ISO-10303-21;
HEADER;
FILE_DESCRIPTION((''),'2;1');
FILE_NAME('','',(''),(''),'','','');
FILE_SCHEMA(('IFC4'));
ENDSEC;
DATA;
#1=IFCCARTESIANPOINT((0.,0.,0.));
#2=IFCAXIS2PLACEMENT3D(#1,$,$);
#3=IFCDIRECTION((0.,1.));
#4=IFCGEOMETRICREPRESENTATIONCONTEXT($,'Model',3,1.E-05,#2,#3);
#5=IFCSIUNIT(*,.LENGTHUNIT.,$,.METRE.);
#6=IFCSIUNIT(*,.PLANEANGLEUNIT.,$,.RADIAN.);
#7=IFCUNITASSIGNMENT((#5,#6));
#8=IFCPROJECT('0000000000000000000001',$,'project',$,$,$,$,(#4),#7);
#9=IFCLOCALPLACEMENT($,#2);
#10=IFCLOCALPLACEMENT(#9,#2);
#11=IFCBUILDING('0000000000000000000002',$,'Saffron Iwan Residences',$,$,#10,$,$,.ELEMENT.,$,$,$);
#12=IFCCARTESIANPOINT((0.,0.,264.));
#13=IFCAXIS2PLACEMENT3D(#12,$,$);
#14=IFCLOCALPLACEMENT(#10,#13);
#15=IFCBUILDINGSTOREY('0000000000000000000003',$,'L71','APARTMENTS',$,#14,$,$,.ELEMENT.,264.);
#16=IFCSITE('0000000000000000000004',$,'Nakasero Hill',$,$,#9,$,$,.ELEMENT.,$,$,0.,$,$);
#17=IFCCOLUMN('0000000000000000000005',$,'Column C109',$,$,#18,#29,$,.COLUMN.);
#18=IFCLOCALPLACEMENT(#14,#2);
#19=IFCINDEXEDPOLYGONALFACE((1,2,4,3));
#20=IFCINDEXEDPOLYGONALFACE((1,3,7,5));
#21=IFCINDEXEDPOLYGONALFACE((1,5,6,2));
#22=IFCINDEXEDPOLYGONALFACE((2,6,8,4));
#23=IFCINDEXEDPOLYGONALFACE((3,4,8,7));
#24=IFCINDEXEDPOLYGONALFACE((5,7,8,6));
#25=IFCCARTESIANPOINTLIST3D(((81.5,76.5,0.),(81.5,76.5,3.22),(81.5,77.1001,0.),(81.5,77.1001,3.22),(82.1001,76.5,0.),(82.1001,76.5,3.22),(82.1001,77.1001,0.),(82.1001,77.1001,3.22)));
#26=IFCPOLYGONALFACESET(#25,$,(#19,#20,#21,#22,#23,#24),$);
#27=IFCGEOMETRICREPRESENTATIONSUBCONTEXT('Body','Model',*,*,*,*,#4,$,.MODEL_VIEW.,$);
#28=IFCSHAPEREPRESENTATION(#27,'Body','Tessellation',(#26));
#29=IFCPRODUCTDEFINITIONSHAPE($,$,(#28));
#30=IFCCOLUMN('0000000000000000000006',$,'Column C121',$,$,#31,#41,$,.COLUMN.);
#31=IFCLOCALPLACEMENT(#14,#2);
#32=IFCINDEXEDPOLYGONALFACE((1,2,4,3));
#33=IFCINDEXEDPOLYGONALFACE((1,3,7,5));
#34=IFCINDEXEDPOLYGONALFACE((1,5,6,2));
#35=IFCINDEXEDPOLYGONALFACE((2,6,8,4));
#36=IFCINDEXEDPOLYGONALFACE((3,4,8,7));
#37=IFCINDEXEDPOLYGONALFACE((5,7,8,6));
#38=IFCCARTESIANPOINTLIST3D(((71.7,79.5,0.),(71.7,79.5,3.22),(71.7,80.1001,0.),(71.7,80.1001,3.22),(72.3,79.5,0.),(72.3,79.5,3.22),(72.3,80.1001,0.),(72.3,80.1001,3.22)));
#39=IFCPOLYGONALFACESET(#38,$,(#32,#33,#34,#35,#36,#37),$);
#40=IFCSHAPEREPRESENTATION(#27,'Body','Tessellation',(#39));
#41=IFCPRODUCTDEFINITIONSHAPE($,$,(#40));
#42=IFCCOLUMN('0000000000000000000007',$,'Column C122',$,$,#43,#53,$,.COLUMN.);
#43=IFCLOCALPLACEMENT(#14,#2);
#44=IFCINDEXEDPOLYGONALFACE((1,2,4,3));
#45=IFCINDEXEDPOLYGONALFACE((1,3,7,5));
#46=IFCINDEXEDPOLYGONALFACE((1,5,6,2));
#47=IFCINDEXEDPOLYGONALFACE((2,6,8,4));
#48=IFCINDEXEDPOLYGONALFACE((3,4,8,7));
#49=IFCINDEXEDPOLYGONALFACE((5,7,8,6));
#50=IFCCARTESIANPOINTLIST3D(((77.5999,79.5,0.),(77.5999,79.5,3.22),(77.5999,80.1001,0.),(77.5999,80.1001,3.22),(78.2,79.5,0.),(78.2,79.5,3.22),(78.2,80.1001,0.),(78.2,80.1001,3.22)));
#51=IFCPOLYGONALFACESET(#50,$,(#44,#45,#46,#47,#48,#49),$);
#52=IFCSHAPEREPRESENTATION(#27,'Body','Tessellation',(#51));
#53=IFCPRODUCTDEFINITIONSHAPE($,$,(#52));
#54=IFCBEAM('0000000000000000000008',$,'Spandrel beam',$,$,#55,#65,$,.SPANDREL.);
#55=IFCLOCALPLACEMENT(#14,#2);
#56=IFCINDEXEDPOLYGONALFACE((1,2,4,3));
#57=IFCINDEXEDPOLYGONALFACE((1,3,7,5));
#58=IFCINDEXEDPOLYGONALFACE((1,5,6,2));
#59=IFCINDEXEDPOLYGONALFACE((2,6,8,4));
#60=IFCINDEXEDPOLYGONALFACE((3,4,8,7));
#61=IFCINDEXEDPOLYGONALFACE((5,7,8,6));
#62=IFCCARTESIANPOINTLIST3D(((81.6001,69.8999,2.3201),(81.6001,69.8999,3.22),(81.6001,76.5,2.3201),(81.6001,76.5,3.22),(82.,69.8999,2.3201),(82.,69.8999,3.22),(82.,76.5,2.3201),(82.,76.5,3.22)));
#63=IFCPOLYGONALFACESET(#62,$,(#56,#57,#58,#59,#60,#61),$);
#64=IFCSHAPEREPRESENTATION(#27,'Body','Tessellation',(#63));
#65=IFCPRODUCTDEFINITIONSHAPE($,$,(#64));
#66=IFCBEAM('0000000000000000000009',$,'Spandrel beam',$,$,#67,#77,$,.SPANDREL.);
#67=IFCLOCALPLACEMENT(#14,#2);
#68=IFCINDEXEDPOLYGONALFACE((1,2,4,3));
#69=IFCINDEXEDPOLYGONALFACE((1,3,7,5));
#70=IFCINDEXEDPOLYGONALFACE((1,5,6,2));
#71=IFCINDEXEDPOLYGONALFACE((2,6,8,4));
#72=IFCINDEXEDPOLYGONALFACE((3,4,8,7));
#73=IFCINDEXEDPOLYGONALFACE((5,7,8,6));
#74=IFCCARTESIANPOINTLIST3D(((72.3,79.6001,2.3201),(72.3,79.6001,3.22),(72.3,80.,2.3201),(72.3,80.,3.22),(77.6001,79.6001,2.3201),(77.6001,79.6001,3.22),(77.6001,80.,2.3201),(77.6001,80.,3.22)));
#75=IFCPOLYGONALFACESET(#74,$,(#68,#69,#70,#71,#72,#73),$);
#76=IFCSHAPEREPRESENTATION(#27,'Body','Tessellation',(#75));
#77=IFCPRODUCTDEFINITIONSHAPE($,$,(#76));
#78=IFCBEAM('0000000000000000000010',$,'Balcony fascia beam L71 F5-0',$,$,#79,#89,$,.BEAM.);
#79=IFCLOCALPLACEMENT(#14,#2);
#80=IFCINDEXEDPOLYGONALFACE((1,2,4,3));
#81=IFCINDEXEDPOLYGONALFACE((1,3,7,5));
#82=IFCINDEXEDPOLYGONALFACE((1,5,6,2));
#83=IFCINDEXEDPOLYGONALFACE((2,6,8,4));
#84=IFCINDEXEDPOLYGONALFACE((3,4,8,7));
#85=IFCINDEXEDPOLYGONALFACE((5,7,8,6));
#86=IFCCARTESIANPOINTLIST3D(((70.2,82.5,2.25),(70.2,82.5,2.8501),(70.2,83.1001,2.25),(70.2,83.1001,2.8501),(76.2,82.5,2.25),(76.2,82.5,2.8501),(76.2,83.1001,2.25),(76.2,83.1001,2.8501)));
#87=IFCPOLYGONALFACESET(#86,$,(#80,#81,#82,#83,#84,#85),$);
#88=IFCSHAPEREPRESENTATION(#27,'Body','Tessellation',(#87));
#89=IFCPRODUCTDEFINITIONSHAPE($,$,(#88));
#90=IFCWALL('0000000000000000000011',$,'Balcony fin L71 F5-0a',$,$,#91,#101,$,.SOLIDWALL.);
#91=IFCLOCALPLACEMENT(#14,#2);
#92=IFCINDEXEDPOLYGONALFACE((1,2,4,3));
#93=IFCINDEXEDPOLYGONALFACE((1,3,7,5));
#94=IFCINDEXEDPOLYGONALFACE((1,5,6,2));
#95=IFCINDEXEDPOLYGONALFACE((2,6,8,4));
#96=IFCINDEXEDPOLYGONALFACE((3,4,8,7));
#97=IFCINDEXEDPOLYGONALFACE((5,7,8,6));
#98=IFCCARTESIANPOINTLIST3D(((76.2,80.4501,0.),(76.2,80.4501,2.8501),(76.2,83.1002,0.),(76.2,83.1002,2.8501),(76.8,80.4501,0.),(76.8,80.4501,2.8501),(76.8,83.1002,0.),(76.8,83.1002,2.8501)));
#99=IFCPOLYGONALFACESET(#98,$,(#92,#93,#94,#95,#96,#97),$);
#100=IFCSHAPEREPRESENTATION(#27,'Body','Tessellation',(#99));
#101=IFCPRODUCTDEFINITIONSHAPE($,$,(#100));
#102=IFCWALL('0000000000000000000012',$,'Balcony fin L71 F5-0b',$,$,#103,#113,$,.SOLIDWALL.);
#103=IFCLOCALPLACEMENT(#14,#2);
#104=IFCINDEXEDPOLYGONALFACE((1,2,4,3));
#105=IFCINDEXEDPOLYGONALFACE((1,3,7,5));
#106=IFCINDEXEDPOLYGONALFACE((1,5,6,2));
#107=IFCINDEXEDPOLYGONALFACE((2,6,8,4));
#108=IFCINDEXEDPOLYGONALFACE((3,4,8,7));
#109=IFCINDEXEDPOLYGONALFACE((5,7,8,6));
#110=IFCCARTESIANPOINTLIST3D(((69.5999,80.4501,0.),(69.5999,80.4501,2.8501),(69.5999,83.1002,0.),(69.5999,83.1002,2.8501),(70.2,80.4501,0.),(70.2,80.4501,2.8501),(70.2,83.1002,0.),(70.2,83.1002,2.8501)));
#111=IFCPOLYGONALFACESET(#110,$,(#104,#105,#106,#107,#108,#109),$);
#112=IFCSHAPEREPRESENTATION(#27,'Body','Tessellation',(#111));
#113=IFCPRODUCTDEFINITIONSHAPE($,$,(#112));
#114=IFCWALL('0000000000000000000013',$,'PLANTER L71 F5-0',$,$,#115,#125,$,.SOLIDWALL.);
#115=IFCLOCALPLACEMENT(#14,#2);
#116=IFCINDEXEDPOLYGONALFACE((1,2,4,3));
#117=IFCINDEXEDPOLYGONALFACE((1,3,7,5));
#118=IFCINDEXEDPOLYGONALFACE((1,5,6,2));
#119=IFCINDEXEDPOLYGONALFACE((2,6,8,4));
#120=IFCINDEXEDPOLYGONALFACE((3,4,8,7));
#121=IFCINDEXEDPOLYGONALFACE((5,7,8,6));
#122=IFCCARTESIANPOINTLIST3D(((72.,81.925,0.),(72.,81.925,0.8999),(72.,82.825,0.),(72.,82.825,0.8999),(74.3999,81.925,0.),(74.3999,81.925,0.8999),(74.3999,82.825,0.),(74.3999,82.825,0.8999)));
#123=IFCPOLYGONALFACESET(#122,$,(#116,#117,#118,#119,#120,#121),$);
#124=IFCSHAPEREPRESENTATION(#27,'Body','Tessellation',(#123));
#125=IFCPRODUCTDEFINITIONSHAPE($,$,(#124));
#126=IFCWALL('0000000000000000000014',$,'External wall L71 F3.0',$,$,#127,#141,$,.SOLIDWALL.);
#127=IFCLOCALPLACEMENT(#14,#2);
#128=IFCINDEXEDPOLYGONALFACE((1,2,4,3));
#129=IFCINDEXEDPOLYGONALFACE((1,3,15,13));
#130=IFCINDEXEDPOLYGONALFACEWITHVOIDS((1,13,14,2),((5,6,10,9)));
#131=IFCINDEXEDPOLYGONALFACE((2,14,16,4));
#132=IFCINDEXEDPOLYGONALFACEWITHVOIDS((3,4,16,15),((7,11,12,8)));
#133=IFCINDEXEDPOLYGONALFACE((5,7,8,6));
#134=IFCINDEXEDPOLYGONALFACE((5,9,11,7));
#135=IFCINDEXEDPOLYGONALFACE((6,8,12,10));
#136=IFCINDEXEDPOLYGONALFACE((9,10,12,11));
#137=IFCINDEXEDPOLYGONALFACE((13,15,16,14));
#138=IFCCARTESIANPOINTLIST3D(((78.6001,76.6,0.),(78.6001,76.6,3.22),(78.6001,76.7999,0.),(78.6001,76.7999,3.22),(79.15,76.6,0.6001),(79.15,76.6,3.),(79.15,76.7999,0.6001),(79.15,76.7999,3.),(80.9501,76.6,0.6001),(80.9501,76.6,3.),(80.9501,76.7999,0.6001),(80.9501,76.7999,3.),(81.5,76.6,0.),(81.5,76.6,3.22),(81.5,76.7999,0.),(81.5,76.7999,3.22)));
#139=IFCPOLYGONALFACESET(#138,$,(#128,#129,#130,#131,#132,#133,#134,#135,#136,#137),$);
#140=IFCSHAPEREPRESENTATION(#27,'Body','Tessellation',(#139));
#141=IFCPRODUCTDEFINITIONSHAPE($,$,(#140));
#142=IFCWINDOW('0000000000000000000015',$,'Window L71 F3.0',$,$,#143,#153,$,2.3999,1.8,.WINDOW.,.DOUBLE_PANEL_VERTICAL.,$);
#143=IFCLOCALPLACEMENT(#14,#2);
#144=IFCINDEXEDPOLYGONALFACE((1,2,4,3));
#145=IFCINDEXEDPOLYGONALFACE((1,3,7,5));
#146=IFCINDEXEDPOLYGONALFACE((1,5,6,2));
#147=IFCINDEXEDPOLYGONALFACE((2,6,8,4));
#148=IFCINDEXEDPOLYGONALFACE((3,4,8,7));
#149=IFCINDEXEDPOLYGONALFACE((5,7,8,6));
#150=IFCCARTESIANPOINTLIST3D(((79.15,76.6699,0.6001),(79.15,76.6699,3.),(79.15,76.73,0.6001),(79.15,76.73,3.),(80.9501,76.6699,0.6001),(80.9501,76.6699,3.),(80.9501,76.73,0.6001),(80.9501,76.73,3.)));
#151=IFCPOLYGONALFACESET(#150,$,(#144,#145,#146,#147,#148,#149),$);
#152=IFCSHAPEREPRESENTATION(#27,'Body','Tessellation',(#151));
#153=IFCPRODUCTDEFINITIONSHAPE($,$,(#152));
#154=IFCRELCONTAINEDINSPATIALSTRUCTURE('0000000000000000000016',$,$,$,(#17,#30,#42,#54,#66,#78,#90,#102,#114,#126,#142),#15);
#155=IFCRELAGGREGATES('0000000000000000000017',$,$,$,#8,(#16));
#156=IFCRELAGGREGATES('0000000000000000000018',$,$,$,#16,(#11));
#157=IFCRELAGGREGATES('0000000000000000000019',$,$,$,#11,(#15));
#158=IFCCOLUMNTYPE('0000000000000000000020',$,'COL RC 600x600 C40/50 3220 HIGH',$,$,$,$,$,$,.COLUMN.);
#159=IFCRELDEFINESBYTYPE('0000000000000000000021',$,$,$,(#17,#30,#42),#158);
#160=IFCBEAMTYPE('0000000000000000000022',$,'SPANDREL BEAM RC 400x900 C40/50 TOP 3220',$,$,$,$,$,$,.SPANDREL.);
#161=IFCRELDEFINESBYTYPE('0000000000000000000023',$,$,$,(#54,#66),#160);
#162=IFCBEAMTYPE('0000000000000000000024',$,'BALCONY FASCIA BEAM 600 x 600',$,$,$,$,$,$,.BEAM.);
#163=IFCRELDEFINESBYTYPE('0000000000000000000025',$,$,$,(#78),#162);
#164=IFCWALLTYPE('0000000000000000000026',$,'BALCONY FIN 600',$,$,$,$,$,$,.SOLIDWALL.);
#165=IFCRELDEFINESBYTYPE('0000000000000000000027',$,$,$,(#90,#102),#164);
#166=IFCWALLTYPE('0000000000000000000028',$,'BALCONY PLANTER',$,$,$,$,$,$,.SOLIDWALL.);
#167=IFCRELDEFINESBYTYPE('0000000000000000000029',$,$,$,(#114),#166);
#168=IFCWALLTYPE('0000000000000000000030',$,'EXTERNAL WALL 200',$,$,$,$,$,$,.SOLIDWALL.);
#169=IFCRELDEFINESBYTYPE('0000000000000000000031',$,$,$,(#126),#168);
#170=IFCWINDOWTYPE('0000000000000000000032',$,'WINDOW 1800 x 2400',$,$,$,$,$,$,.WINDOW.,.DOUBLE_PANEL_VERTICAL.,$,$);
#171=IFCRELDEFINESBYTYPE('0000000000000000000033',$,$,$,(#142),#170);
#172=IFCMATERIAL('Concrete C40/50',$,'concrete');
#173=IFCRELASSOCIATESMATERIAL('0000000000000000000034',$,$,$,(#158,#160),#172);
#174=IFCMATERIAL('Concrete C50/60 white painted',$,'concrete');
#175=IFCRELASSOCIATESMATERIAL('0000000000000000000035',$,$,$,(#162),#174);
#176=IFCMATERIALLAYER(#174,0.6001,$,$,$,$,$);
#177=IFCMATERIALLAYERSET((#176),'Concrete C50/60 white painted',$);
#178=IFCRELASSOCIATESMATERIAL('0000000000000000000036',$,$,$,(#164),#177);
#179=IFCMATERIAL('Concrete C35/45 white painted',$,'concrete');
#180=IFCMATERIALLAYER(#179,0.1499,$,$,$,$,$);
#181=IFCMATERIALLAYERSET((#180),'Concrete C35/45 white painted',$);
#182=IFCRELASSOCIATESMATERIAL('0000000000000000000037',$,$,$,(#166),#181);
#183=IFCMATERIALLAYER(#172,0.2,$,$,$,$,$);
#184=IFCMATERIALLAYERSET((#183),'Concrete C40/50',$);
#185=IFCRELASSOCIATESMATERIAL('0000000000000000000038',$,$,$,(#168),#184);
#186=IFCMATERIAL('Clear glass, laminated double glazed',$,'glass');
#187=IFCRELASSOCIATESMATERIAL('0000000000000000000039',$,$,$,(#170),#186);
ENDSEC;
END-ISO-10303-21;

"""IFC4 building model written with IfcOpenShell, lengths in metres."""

from ifc_helpers import new_model, si_unit, direction, frame, frame_2d, origin, origin_2d, place, context, subcontext, project, spatial, rectangle, extrude, source, transform, mapped, material, layer, layer_set, material_profile, profile_set, type_object, element, fill, save


model = new_model("IFC4")

# Units and contexts
model_context = context("Model", 3, precision=1e-05, world=origin(), true_north=direction((0.0, 1.0)))
body_context = subcontext(model_context, "Body", "Model", "MODEL_VIEW")
ifc_project = project(units=[si_unit("LENGTHUNIT", "METRE"), si_unit("PLANEANGLEUNIT", "RADIAN")], contexts=[model_context])

# Site, building, storey
site_placement = place(None, origin())
site = spatial("IfcSite", under=ifc_project, at=site_placement, Name="Nakasero Hill", CompositionType="ELEMENT", RefElevation=0.0)
building_placement = place(site_placement, origin())
building = spatial("IfcBuilding", under=site, at=building_placement, Name="Saffron Iwan Residences", CompositionType="ELEMENT")
storey_placement = place(building_placement, frame((0.0, 0.0, 264.0)))
storey = spatial("IfcBuildingStorey", under=building, at=storey_placement, Name="L71", Description="APARTMENTS", CompositionType="ELEMENT", Elevation=264.0)

# Columns
ifc_material_1 = material(Name="Concrete C40/50", Category="concrete")
ifc_material_profile_1 = material_profile(ifc_material_1, rectangle(XDim=0.6001, YDim=0.6001, at=origin_2d()), Name="RC 600x600")
ifc_profile_set_1 = profile_set([ifc_material_profile_1], Name="Concrete C40/50")
column_type = type_object("IfcColumnType", Name="COL RC 600x600 C40/50 3220 HIGH", PredefinedType="COLUMN", material=ifc_profile_set_1)
shared_shape_1 = source(origin(), body_context, "Body", "SweptSolid", [
    extrude(rectangle(XDim=0.6001, YDim=0.6001, at=origin_2d()), origin(), (0.0, 0.0, 1.0), 3.22),
])
for number, where, z_axis, x_axis, name in (
    (1, (81.8, 76.8, 0.0), (0.0, 0.0, 1.0), (1.0, 0.0, 0.0), "Column C109"),
    (2, (72.0, 79.8, 0.0), (0.0, 0.0, 1.0), (1.0, 0.0, 0.0), "Column C121"),
    (3, (77.8999, 79.8, 0.0), (0.0, 0.0, 1.0), (1.0, 0.0, 0.0), "Column C122"),
):
    element("IfcColumn", number, at=place(storey_placement, frame(where, z_axis=z_axis, x_axis=x_axis)), inside=storey, type_object=column_type, Name=name, PredefinedType="COLUMN", context=body_context, shape_type="MappedRepresentation", body=[
        mapped(shared_shape_1, transform((0.0, 0.0, 0.0))),
    ])

# Beams
ifc_material_profile_2 = material_profile(ifc_material_1, rectangle(XDim=0.3999, YDim=0.8999, at=origin_2d()), Name="RC 400x900")
ifc_profile_set_2 = profile_set([ifc_material_profile_2], Name="Concrete C40/50")
beam_type_1 = type_object("IfcBeamType", Name="SPANDREL BEAM RC 400x900 C40/50 TOP 3220", PredefinedType="SPANDREL", material=ifc_profile_set_2)
shared_shape_2 = source(origin(), body_context, "Body", "SweptSolid", [
    extrude(rectangle(XDim=0.3999, YDim=0.8999, at=origin_2d()), origin(), (0.0, 0.0, 1.0), 6.6001),
])
beam_1_placement = place(storey_placement, frame((81.8, 76.5, 2.77), z_axis=(0.0, -1.0, 0.0), x_axis=(1.0, 0.0, 0.0)))
element("IfcBeam", 4, at=beam_1_placement, inside=storey, type_object=beam_type_1, Name="Spandrel beam", PredefinedType="SPANDREL", context=body_context, shape_type="MappedRepresentation", body=[
    mapped(shared_shape_2, transform((0.0, 0.0, 0.0))),
])
shared_shape_3 = source(origin(), body_context, "Body", "SweptSolid", [
    extrude(rectangle(XDim=0.3999, YDim=0.8999, at=origin_2d()), origin(), (0.0, 0.0, 1.0), 5.3),
])
beam_2_placement = place(storey_placement, frame((72.3, 79.8, 2.77), z_axis=(1.0, 0.0, 0.0), x_axis=(0.0, 1.0, 0.0)))
element("IfcBeam", 5, at=beam_2_placement, inside=storey, type_object=beam_type_1, Name="Spandrel beam", PredefinedType="SPANDREL", context=body_context, shape_type="MappedRepresentation", body=[
    mapped(shared_shape_3, transform((0.0, 0.0, 0.0))),
])
ifc_material_2 = material(Name="Concrete C50/60 white painted", Category="concrete")
ifc_material_profile_3 = material_profile(ifc_material_2, rectangle(XDim=0.6001, YDim=0.6001, at=origin_2d()), Name="BALCONY FASCIA BEAM 600 x 600")
ifc_profile_set_3 = profile_set([ifc_material_profile_3], Name="Concrete C50/60 white painted")
beam_type_2 = type_object("IfcBeamType", Name="BALCONY FASCIA BEAM 600 x 600", PredefinedType="BEAM", material=ifc_profile_set_3)
shared_shape_4 = source(origin(), body_context, "Body", "SweptSolid", [
    extrude(rectangle(XDim=0.6001, YDim=0.6001, at=origin_2d()), origin(), (0.0, 0.0, 1.0), 6.0),
])
beam_3_placement = place(storey_placement, frame((76.2, 82.8, 2.55), z_axis=(-1.0, 0.0, 0.0), x_axis=(0.0, -1.0, 0.0)))
element("IfcBeam", 6, at=beam_3_placement, inside=storey, type_object=beam_type_2, Name="Balcony fascia beam L71 F5-0", PredefinedType="BEAM", context=body_context, shape_type="MappedRepresentation", body=[
    mapped(shared_shape_4, transform((0.0, 0.0, 0.0))),
])

# Walls
ifc_layer_1 = layer(ifc_material_2, 0.6001)
ifc_layer_set_1 = layer_set([ifc_layer_1], Name="Concrete C50/60 white painted")
wall_type_1 = type_object("IfcWallType", Name="BALCONY FIN 600", PredefinedType="SOLIDWALL", material=ifc_layer_set_1)
for number, where, z_axis, x_axis, name in (
    (7, (76.5, 80.45, 0.0), (0.0, 0.0, 1.0), (0.0, 1.0, 0.0), "Balcony fin L71 F5-0a"),
    (8, (69.8999, 80.45, 0.0), (0.0, 0.0, 1.0), (0.0, 1.0, 0.0), "Balcony fin L71 F5-0b"),
):
    element("IfcWall", number, at=place(storey_placement, frame(where, z_axis=z_axis, x_axis=x_axis)), inside=storey, type_object=wall_type_1, Name=name, PredefinedType="SOLIDWALL", context=body_context, shape_type="SweptSolid", body=[
        extrude(rectangle(XDim=2.6501, YDim=0.6001, at=frame_2d((1.3252, 0.0))), origin(), (0.0, 0.0, 1.0), 2.8501),
    ])
ifc_material_3 = material(Name="Concrete C35/45 white painted", Category="concrete")
ifc_layer_2 = layer(ifc_material_3, 0.1499)
ifc_layer_set_2 = layer_set([ifc_layer_2], Name="Concrete C35/45 white painted")
wall_type_2 = type_object("IfcWallType", Name="BALCONY PLANTER", PredefinedType="SOLIDWALL", material=ifc_layer_set_2)
wall_1_placement = place(storey_placement, frame((74.3999, 82.375, 0.0), z_axis=(0.0, 0.0, 1.0), x_axis=(-1.0, 0.0, 0.0)))
element("IfcWall", 9, at=wall_1_placement, inside=storey, type_object=wall_type_2, Name="PLANTER L71 F5-0", PredefinedType="SOLIDWALL", context=body_context, shape_type="SweptSolid", body=[
    extrude(rectangle(XDim=2.3999, YDim=0.8999, at=frame_2d((1.2, 0.0))), origin(), (0.0, 0.0, 1.0), 0.8999),
])

# Wall, opening, window
ifc_layer_3 = layer(ifc_material_1, 0.2)
ifc_layer_set_3 = layer_set([ifc_layer_3], Name="Concrete C40/50")
wall_type_3 = type_object("IfcWallType", Name="EXTERNAL WALL 200", PredefinedType="SOLIDWALL", material=ifc_layer_set_3)
wall_2_placement = place(storey_placement, frame((81.5, 76.7, 0.0), z_axis=(0.0, 0.0, 1.0), x_axis=(-1.0, 0.0, 0.0)))
wall_2 = element("IfcWall", 10, at=wall_2_placement, inside=storey, type_object=wall_type_3, Name="External wall L71 F3.0", PredefinedType="SOLIDWALL", context=body_context, shape_type="SweptSolid", body=[
    extrude(rectangle(XDim=2.8999, YDim=0.2, at=frame_2d((1.45, 0.0))), origin(), (0.0, 0.0, 1.0), 3.22),
])
opening_1_placement = place(wall_2_placement, frame((0.55, 0.0, 0.6001)))
opening_1 = element("IfcOpeningElement", 11, at=opening_1_placement, cuts=wall_2, PredefinedType="OPENING", context=body_context, shape_type="SweptSolid", body=[
    extrude(rectangle(XDim=1.8, YDim=2.3999, at=frame_2d((0.8999, 1.2))), frame((0.0, 0.1099, 0.0), z_axis=(0.0, -1.0, 0.0), x_axis=(1.0, 0.0, 0.0)), (0.0, 0.0, 1.0), 0.22),
])
ifc_material_4 = material(Name="Clear glass, laminated double glazed", Category="glass")
window_type_1 = type_object("IfcWindowType", Name="WINDOW 1800 x 2400", PartitioningType="DOUBLE_PANEL_VERTICAL", PredefinedType="WINDOW", material=ifc_material_4)
window_1_placement = place(opening_1_placement, origin())
window_1 = element("IfcWindow", 12, at=window_1_placement, inside=storey, type_object=window_type_1, Name="Window L71 F3.0", OverallHeight=2.3999, OverallWidth=1.8, PartitioningType="DOUBLE_PANEL_VERTICAL", PredefinedType="WINDOW", context=body_context, shape_type="SweptSolid", body=[
    extrude(rectangle(XDim=1.8, YDim=2.3999, at=frame_2d((0.8999, 1.2))), frame((0.0, 0.03, 0.0), z_axis=(0.0, -1.0, 0.0), x_axis=(1.0, 0.0, 0.0)), (0.0, 0.0, 1.0), 0.0601),
])
fill(opening_1, window_1)

save(model, "model.ifc")
